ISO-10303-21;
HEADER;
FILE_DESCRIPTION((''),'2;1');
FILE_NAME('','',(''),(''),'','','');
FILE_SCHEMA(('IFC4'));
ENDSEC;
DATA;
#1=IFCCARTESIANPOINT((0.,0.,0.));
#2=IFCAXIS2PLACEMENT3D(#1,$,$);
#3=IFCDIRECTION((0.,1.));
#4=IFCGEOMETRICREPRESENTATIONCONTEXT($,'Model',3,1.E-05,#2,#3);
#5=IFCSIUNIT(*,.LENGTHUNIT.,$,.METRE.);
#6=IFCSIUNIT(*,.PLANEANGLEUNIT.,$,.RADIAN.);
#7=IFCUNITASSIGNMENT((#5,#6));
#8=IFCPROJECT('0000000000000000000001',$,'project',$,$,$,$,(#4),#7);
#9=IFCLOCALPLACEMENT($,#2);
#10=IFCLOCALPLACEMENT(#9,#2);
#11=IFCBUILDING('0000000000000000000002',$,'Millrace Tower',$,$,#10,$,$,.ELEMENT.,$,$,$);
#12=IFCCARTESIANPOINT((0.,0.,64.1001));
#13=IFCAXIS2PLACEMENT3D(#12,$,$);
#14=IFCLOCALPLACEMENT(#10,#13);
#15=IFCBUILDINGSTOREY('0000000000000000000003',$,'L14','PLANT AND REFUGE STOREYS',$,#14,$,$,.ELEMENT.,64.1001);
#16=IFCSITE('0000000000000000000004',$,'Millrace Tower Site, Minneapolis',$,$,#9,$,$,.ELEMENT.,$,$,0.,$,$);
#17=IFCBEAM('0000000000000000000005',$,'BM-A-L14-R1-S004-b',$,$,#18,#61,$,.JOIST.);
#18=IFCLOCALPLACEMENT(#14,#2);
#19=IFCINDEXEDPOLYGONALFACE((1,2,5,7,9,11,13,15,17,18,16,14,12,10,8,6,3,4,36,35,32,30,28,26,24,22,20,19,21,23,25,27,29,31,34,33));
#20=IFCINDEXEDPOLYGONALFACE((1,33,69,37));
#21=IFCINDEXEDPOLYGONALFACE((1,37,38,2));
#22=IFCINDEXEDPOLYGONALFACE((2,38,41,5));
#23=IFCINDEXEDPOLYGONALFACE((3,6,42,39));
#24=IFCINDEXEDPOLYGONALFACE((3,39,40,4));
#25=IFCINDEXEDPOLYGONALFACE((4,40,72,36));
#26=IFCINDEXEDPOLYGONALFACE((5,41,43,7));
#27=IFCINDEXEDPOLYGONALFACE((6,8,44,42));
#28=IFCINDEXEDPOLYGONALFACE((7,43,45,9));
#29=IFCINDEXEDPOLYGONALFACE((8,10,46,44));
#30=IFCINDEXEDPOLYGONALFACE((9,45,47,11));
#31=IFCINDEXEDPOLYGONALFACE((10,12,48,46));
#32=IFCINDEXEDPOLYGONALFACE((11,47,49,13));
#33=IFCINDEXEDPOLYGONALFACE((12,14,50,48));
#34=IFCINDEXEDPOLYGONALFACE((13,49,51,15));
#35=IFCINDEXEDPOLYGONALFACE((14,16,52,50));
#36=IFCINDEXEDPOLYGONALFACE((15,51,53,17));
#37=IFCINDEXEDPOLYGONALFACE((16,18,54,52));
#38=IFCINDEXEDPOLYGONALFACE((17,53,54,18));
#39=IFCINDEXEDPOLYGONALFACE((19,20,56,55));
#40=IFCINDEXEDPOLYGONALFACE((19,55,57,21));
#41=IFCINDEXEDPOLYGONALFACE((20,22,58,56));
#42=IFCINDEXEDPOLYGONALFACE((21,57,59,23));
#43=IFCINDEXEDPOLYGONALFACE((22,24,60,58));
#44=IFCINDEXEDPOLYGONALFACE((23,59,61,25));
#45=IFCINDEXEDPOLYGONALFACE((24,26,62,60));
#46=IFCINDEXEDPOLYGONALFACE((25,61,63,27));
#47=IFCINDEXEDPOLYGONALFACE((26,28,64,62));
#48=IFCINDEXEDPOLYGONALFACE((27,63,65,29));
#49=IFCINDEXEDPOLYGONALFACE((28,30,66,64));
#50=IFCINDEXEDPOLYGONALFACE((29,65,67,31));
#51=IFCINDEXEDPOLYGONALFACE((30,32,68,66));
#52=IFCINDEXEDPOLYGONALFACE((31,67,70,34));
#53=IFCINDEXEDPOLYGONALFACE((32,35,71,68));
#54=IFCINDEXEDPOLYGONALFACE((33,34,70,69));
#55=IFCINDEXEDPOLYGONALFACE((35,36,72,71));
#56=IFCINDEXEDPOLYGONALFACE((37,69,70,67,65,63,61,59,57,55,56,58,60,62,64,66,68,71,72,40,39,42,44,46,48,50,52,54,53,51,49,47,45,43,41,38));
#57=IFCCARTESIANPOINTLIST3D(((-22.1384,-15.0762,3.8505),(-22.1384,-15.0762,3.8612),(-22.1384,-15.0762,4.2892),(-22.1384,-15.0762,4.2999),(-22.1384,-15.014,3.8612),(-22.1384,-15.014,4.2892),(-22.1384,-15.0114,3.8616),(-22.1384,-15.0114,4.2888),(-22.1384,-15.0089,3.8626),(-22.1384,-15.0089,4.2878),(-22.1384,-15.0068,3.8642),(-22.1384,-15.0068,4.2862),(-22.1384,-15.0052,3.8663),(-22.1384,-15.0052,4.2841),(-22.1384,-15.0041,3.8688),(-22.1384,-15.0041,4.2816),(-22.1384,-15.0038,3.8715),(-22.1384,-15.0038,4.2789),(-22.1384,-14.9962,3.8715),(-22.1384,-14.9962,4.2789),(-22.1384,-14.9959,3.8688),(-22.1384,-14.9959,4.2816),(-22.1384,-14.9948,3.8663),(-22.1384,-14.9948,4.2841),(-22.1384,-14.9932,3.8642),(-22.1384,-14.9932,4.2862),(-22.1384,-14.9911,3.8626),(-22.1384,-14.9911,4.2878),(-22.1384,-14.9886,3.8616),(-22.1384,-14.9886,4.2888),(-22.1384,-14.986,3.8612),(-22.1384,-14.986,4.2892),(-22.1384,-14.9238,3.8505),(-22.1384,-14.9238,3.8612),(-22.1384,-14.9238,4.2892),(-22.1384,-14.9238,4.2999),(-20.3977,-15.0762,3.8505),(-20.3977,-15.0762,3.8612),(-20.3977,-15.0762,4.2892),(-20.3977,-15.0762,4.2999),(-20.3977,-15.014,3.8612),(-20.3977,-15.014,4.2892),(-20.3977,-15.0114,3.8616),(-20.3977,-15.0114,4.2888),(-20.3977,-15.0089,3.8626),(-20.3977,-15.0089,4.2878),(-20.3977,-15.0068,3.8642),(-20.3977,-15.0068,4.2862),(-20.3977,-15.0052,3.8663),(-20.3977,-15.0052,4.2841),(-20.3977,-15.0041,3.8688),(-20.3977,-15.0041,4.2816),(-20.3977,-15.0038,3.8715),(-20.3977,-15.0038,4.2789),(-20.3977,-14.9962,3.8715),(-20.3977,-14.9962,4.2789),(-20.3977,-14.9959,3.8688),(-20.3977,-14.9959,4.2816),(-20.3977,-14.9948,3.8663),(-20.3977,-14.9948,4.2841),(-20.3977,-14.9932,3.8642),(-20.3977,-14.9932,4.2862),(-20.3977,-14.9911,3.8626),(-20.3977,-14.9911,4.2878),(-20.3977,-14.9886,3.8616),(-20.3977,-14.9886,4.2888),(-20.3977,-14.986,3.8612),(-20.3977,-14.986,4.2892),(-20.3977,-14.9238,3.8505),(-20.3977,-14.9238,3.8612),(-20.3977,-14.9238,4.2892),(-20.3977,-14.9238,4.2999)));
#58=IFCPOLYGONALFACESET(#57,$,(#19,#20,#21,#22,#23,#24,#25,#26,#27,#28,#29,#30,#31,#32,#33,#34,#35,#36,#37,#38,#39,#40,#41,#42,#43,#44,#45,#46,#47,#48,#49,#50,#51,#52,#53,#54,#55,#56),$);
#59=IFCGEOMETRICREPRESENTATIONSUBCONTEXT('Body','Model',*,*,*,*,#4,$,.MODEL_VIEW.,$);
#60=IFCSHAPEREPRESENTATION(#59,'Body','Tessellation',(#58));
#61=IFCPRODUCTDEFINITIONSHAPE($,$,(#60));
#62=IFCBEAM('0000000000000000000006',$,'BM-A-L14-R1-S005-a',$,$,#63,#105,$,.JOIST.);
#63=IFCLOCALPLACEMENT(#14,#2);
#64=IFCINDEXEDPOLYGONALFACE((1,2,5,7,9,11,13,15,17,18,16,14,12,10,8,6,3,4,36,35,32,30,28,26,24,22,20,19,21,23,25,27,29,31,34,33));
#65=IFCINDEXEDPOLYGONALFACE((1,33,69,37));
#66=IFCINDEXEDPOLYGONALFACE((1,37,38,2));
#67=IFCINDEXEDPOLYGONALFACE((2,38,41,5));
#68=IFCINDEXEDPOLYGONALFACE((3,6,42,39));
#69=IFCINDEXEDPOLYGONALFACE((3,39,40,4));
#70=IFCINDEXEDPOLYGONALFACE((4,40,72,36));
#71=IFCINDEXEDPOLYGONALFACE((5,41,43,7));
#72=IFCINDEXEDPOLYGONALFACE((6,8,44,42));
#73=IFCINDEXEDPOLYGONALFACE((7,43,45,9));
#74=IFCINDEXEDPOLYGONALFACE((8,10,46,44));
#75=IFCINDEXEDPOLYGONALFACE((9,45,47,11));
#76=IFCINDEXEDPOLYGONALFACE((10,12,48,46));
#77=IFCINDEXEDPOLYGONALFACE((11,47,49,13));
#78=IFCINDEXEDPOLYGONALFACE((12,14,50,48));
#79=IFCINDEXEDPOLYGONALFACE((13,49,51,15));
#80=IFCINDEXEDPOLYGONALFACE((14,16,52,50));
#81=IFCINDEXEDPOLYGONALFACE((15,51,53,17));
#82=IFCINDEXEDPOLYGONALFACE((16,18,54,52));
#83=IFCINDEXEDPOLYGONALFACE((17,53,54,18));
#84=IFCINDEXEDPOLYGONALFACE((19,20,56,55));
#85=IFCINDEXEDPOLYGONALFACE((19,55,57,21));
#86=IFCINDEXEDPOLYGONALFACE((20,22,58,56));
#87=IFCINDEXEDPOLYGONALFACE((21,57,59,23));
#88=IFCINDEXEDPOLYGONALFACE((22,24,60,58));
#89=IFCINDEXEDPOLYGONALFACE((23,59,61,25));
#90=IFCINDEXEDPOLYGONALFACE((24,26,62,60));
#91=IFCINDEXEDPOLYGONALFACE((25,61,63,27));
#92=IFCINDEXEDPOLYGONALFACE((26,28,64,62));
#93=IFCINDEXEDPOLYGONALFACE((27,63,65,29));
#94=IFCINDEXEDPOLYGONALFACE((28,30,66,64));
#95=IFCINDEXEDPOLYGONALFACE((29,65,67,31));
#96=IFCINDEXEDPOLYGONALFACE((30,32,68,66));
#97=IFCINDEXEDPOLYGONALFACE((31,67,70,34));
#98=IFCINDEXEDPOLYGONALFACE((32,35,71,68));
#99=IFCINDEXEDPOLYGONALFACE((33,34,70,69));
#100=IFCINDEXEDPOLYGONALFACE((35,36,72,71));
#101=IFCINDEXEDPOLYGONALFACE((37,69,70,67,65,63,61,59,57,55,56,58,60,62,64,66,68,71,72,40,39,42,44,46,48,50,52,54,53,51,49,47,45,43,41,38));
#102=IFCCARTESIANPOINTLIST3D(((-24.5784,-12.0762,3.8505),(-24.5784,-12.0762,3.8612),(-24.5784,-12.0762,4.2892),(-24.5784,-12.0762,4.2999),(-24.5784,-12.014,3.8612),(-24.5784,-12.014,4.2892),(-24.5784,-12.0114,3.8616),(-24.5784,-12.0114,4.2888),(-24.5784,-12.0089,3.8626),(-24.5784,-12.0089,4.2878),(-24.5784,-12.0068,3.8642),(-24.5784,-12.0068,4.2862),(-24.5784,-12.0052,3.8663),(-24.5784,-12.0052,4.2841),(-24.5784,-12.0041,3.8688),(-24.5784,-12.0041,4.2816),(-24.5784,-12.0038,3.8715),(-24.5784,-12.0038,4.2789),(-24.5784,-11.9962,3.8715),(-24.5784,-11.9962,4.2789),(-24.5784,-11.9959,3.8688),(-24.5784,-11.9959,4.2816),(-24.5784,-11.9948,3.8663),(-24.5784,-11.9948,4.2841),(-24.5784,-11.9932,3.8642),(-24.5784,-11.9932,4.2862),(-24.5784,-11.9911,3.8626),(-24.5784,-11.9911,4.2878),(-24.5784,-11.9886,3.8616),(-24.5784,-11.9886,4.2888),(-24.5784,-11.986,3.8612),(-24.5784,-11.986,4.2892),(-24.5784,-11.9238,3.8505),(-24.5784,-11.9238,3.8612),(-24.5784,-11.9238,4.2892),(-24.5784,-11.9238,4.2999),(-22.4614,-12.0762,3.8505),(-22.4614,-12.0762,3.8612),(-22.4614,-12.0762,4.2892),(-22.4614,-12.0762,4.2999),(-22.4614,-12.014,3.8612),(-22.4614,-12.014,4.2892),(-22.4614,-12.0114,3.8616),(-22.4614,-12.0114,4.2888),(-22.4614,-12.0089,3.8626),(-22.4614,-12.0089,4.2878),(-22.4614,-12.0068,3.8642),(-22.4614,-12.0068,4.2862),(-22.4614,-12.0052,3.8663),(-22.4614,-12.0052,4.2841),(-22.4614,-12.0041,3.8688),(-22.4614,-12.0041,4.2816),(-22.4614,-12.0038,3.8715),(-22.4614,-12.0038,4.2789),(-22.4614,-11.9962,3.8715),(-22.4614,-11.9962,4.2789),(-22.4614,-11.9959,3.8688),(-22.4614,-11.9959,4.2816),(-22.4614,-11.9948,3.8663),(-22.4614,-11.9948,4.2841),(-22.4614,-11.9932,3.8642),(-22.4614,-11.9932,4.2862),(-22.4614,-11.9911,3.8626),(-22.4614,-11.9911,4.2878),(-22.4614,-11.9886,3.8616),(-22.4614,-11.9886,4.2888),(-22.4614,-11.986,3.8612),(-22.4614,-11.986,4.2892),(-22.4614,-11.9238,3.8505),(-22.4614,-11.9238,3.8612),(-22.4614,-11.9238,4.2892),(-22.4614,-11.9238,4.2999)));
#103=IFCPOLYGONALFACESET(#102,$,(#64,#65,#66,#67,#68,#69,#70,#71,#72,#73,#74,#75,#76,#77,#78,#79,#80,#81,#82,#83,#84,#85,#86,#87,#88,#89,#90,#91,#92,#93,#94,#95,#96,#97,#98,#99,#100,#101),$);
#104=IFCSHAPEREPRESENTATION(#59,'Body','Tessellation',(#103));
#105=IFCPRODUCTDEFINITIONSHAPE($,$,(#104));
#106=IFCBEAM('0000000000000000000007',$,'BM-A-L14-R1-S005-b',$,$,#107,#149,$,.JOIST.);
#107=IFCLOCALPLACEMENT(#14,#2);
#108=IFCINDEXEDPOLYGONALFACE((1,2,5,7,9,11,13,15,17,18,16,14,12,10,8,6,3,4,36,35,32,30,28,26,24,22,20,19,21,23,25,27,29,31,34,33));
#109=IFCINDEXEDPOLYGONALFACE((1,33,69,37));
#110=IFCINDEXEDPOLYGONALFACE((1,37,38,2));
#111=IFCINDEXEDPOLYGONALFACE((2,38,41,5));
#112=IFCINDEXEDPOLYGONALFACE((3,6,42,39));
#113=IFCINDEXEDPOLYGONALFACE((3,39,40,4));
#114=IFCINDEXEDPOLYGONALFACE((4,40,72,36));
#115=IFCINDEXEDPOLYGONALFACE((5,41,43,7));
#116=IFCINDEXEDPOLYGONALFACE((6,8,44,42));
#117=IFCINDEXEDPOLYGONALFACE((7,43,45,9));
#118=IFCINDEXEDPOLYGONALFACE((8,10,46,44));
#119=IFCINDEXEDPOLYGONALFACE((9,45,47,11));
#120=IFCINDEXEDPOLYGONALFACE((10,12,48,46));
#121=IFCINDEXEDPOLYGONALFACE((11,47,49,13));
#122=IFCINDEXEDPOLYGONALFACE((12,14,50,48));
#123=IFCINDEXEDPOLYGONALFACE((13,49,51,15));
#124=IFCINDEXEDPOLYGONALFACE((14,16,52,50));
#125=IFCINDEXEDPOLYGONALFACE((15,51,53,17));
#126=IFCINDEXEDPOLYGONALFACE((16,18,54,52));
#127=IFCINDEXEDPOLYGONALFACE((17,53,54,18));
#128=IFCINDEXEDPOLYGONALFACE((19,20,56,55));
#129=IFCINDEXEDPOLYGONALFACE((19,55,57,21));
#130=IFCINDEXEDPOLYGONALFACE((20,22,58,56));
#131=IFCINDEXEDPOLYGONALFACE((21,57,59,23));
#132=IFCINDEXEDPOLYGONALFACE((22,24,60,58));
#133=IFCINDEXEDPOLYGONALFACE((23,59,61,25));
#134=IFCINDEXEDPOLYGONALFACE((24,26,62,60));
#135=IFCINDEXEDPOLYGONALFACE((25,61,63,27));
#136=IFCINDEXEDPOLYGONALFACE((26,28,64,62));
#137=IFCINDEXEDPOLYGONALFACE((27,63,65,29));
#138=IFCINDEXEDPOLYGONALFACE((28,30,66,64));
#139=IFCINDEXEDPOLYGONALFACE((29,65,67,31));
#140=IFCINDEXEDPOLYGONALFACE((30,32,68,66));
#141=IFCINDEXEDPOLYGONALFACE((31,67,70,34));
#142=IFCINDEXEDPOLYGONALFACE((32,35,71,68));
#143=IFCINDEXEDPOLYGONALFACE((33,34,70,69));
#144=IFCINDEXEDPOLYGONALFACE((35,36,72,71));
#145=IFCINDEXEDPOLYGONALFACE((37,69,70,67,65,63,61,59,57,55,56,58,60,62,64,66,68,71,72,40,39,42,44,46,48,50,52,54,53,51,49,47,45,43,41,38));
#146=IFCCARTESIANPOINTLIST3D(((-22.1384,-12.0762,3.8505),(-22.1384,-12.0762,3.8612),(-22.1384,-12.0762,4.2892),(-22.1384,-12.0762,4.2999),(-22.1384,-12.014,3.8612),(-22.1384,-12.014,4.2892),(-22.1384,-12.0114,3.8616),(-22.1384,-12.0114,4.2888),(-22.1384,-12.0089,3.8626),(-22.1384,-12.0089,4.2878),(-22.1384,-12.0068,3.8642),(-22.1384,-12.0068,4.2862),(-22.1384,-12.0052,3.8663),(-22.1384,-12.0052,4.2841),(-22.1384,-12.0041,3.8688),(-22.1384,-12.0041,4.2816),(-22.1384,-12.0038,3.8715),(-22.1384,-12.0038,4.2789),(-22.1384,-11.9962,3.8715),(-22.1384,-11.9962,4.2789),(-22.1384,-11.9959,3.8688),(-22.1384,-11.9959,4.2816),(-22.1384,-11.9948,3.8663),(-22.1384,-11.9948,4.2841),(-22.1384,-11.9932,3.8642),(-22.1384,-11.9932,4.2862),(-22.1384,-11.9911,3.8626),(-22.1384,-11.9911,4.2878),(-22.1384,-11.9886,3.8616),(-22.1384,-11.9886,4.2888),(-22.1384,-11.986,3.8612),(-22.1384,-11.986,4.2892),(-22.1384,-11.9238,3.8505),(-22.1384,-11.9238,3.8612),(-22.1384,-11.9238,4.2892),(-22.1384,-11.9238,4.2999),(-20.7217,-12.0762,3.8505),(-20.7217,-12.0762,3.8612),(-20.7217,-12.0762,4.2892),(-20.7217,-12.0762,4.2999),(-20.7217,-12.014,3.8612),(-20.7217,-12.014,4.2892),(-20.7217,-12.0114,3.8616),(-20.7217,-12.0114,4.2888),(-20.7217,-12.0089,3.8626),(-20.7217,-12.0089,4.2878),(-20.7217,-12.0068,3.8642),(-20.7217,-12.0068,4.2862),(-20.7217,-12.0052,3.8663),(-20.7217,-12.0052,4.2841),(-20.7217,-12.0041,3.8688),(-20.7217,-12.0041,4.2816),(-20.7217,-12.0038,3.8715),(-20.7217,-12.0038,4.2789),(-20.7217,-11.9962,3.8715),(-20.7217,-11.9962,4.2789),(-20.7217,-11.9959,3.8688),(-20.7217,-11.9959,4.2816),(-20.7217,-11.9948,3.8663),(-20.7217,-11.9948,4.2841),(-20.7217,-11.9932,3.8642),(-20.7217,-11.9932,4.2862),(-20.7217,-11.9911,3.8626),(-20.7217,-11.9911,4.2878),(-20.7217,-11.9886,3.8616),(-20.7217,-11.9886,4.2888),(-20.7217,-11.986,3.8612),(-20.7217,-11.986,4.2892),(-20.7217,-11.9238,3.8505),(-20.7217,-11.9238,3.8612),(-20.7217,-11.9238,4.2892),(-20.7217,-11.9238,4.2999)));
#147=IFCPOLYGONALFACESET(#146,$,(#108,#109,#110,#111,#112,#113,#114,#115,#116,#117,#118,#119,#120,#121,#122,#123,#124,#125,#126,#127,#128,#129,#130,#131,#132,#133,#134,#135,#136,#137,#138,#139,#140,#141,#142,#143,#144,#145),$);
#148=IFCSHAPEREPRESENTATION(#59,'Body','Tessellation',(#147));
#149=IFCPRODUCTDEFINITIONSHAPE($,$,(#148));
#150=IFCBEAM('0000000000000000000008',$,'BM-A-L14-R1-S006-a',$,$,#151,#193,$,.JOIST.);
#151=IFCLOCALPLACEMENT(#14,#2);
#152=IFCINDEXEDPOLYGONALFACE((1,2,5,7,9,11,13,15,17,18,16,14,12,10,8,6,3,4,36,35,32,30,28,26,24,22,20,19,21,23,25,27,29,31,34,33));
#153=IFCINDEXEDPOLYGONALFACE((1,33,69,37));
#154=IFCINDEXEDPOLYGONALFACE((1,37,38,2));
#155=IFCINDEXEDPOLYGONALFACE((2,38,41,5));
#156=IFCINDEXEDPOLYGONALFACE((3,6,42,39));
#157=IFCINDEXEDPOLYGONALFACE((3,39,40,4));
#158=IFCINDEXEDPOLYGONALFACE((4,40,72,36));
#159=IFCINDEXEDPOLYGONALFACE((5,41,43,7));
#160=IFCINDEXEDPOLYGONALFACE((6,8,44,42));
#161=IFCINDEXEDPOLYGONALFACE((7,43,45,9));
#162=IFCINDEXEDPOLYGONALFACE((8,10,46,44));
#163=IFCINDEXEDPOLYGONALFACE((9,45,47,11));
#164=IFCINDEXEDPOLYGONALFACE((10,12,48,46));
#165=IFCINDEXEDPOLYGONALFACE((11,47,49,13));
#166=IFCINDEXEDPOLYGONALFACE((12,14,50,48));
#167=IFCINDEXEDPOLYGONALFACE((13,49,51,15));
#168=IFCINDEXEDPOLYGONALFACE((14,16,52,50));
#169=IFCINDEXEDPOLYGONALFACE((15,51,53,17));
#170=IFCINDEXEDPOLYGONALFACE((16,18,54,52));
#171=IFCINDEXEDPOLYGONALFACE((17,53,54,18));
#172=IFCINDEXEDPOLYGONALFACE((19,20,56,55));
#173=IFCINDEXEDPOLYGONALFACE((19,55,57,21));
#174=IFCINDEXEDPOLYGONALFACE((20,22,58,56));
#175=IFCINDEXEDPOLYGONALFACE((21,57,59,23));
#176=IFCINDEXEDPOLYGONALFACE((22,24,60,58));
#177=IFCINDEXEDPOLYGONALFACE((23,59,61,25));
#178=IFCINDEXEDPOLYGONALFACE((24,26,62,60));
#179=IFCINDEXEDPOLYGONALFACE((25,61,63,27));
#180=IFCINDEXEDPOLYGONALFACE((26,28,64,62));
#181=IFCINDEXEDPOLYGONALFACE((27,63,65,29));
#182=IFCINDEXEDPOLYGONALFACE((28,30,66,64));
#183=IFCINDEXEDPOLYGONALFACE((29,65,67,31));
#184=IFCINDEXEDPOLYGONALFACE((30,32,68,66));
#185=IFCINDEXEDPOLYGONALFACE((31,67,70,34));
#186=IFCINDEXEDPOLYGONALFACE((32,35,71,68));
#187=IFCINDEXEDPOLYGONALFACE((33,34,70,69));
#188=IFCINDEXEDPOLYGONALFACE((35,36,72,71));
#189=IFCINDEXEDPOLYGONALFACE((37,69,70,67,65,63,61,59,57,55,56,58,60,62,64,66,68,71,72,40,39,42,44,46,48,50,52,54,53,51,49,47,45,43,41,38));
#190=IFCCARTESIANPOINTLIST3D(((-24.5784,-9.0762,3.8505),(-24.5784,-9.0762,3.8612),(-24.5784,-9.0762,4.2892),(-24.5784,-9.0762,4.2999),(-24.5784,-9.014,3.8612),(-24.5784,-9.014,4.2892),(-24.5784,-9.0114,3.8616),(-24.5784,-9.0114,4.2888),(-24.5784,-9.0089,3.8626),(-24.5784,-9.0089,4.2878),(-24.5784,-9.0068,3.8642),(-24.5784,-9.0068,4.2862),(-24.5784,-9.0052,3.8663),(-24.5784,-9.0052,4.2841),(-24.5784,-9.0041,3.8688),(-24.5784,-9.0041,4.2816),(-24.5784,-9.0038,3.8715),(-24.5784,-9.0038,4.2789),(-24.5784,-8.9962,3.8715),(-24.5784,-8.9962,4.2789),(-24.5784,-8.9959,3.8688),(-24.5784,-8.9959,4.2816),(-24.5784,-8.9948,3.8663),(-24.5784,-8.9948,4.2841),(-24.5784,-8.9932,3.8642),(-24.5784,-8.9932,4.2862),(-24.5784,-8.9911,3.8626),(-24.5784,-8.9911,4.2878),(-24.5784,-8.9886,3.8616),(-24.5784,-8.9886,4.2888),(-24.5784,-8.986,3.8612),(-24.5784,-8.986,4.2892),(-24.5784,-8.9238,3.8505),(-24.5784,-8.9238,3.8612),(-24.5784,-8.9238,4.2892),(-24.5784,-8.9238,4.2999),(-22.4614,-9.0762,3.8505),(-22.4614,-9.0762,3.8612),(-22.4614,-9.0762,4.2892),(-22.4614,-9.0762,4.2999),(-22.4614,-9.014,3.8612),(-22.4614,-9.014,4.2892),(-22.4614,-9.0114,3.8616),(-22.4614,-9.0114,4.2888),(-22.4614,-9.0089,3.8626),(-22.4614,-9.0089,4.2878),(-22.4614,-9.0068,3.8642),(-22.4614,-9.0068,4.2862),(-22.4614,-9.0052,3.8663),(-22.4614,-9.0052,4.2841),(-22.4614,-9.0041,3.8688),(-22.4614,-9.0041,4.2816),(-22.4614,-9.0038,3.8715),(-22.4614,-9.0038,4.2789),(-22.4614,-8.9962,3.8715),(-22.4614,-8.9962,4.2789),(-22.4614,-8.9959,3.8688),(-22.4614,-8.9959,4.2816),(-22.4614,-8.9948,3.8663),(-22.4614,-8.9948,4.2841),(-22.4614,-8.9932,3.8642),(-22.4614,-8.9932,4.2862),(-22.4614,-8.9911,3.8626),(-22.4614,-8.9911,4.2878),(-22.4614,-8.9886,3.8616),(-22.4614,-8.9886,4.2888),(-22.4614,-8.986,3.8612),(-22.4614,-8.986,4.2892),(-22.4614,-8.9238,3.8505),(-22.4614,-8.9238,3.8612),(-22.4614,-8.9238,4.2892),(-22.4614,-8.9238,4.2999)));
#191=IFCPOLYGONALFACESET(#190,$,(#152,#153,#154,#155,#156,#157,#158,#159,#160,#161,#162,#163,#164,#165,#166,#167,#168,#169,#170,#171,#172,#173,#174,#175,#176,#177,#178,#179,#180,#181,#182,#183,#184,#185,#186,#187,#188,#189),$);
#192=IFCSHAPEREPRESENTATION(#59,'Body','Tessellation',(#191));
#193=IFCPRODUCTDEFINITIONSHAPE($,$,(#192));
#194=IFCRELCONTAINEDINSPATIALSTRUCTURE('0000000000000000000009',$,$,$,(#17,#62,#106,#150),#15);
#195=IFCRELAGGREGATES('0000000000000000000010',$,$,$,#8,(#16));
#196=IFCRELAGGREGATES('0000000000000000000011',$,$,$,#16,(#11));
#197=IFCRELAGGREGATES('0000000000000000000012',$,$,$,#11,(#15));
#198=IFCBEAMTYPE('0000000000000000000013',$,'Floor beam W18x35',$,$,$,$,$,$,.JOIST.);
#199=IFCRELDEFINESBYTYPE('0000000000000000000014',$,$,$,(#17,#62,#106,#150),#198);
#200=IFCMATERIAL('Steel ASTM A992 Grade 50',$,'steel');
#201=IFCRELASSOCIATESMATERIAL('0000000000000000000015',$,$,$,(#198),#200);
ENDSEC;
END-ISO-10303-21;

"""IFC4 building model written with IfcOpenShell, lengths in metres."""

from ifc_helpers import new_model, si_unit, direction, frame, origin, origin_2d, place, context, subcontext, project, spatial, i_section, extrude, material, material_profile, profile_set, type_object, element, save


model = new_model("IFC4")

# Units and contexts
model_context = context("Model", 3, precision=1e-05, world=origin(), true_north=direction((0.0, 1.0)))
body_context = subcontext(model_context, "Body", "Model", "MODEL_VIEW")
ifc_project = project(units=[si_unit("LENGTHUNIT", "METRE"), si_unit("PLANEANGLEUNIT", "RADIAN")], contexts=[model_context])

# Site, building, storey
site_placement = place(None, origin())
site = spatial("IfcSite", under=ifc_project, at=site_placement, Name="Millrace Tower Site, Minneapolis", CompositionType="ELEMENT", RefElevation=0.0)
building_placement = place(site_placement, origin())
building = spatial("IfcBuilding", under=site, at=building_placement, Name="Millrace Tower", CompositionType="ELEMENT")
storey_placement = place(building_placement, frame((0.0, 0.0, 64.1001)))
storey = spatial("IfcBuildingStorey", under=building, at=storey_placement, Name="L14", Description="PLANT AND REFUGE STOREYS", CompositionType="ELEMENT", Elevation=64.1001)

# Beams
ifc_material_1 = material(Name="Steel ASTM A992 Grade 50", Category="steel")
ifc_material_profile_1 = material_profile(ifc_material_1, i_section(OverallWidth=0.1523, OverallDepth=0.4495, WebThickness=0.0076, FlangeThickness=0.0107, FilletRadius=0.0103, at=origin_2d()))
ifc_profile_set_1 = profile_set([ifc_material_profile_1], Name="Steel ASTM A992 Grade 50")
beam_type_1 = type_object("IfcBeamType", Name="Floor beam W18x35", PredefinedType="JOIST", material=ifc_profile_set_1)
beam_1_placement = place(storey_placement, frame((-22.1384, -15.0, 4.0752), z_axis=(1.0, 0.0, 0.0), x_axis=(0.0, 1.0, 0.0)))
element("IfcBeam", 1, at=beam_1_placement, inside=storey, type_object=beam_type_1, Name="BM-A-L14-R1-S004-b", PredefinedType="JOIST", context=body_context, shape_type="SweptSolid", body=[
    extrude(i_section(OverallWidth=0.1523, OverallDepth=0.4495, WebThickness=0.0076, FlangeThickness=0.0107, FilletRadius=0.0103, at=origin_2d()), origin(), (0.0, 0.0, 1.0), 1.7407),
])
beam_2_placement = place(storey_placement, frame((-24.5784, -12.0, 4.0752), z_axis=(1.0, 0.0, 0.0), x_axis=(0.0, 1.0, 0.0)))
element("IfcBeam", 2, at=beam_2_placement, inside=storey, type_object=beam_type_1, Name="BM-A-L14-R1-S005-a", PredefinedType="JOIST", context=body_context, shape_type="SweptSolid", body=[
    extrude(i_section(OverallWidth=0.1523, OverallDepth=0.4495, WebThickness=0.0076, FlangeThickness=0.0107, FilletRadius=0.0103, at=origin_2d()), origin(), (0.0, 0.0, 1.0), 2.1169),
])
beam_3_placement = place(storey_placement, frame((-22.1384, -12.0, 4.0752), z_axis=(1.0, 0.0, 0.0), x_axis=(0.0, 1.0, 0.0)))
element("IfcBeam", 3, at=beam_3_placement, inside=storey, type_object=beam_type_1, Name="BM-A-L14-R1-S005-b", PredefinedType="JOIST", context=body_context, shape_type="SweptSolid", body=[
    extrude(i_section(OverallWidth=0.1523, OverallDepth=0.4495, WebThickness=0.0076, FlangeThickness=0.0107, FilletRadius=0.0103, at=origin_2d()), origin(), (0.0, 0.0, 1.0), 1.4167),
])
beam_4_placement = place(storey_placement, frame((-24.5784, -9.0, 4.0752), z_axis=(1.0, 0.0, 0.0), x_axis=(0.0, 1.0, 0.0)))
element("IfcBeam", 4, at=beam_4_placement, inside=storey, type_object=beam_type_1, Name="BM-A-L14-R1-S006-a", PredefinedType="JOIST", context=body_context, shape_type="SweptSolid", body=[
    extrude(i_section(OverallWidth=0.1523, OverallDepth=0.4495, WebThickness=0.0076, FlangeThickness=0.0107, FilletRadius=0.0103, at=origin_2d()), origin(), (0.0, 0.0, 1.0), 2.1169),
])

save(model, "model.ifc")
